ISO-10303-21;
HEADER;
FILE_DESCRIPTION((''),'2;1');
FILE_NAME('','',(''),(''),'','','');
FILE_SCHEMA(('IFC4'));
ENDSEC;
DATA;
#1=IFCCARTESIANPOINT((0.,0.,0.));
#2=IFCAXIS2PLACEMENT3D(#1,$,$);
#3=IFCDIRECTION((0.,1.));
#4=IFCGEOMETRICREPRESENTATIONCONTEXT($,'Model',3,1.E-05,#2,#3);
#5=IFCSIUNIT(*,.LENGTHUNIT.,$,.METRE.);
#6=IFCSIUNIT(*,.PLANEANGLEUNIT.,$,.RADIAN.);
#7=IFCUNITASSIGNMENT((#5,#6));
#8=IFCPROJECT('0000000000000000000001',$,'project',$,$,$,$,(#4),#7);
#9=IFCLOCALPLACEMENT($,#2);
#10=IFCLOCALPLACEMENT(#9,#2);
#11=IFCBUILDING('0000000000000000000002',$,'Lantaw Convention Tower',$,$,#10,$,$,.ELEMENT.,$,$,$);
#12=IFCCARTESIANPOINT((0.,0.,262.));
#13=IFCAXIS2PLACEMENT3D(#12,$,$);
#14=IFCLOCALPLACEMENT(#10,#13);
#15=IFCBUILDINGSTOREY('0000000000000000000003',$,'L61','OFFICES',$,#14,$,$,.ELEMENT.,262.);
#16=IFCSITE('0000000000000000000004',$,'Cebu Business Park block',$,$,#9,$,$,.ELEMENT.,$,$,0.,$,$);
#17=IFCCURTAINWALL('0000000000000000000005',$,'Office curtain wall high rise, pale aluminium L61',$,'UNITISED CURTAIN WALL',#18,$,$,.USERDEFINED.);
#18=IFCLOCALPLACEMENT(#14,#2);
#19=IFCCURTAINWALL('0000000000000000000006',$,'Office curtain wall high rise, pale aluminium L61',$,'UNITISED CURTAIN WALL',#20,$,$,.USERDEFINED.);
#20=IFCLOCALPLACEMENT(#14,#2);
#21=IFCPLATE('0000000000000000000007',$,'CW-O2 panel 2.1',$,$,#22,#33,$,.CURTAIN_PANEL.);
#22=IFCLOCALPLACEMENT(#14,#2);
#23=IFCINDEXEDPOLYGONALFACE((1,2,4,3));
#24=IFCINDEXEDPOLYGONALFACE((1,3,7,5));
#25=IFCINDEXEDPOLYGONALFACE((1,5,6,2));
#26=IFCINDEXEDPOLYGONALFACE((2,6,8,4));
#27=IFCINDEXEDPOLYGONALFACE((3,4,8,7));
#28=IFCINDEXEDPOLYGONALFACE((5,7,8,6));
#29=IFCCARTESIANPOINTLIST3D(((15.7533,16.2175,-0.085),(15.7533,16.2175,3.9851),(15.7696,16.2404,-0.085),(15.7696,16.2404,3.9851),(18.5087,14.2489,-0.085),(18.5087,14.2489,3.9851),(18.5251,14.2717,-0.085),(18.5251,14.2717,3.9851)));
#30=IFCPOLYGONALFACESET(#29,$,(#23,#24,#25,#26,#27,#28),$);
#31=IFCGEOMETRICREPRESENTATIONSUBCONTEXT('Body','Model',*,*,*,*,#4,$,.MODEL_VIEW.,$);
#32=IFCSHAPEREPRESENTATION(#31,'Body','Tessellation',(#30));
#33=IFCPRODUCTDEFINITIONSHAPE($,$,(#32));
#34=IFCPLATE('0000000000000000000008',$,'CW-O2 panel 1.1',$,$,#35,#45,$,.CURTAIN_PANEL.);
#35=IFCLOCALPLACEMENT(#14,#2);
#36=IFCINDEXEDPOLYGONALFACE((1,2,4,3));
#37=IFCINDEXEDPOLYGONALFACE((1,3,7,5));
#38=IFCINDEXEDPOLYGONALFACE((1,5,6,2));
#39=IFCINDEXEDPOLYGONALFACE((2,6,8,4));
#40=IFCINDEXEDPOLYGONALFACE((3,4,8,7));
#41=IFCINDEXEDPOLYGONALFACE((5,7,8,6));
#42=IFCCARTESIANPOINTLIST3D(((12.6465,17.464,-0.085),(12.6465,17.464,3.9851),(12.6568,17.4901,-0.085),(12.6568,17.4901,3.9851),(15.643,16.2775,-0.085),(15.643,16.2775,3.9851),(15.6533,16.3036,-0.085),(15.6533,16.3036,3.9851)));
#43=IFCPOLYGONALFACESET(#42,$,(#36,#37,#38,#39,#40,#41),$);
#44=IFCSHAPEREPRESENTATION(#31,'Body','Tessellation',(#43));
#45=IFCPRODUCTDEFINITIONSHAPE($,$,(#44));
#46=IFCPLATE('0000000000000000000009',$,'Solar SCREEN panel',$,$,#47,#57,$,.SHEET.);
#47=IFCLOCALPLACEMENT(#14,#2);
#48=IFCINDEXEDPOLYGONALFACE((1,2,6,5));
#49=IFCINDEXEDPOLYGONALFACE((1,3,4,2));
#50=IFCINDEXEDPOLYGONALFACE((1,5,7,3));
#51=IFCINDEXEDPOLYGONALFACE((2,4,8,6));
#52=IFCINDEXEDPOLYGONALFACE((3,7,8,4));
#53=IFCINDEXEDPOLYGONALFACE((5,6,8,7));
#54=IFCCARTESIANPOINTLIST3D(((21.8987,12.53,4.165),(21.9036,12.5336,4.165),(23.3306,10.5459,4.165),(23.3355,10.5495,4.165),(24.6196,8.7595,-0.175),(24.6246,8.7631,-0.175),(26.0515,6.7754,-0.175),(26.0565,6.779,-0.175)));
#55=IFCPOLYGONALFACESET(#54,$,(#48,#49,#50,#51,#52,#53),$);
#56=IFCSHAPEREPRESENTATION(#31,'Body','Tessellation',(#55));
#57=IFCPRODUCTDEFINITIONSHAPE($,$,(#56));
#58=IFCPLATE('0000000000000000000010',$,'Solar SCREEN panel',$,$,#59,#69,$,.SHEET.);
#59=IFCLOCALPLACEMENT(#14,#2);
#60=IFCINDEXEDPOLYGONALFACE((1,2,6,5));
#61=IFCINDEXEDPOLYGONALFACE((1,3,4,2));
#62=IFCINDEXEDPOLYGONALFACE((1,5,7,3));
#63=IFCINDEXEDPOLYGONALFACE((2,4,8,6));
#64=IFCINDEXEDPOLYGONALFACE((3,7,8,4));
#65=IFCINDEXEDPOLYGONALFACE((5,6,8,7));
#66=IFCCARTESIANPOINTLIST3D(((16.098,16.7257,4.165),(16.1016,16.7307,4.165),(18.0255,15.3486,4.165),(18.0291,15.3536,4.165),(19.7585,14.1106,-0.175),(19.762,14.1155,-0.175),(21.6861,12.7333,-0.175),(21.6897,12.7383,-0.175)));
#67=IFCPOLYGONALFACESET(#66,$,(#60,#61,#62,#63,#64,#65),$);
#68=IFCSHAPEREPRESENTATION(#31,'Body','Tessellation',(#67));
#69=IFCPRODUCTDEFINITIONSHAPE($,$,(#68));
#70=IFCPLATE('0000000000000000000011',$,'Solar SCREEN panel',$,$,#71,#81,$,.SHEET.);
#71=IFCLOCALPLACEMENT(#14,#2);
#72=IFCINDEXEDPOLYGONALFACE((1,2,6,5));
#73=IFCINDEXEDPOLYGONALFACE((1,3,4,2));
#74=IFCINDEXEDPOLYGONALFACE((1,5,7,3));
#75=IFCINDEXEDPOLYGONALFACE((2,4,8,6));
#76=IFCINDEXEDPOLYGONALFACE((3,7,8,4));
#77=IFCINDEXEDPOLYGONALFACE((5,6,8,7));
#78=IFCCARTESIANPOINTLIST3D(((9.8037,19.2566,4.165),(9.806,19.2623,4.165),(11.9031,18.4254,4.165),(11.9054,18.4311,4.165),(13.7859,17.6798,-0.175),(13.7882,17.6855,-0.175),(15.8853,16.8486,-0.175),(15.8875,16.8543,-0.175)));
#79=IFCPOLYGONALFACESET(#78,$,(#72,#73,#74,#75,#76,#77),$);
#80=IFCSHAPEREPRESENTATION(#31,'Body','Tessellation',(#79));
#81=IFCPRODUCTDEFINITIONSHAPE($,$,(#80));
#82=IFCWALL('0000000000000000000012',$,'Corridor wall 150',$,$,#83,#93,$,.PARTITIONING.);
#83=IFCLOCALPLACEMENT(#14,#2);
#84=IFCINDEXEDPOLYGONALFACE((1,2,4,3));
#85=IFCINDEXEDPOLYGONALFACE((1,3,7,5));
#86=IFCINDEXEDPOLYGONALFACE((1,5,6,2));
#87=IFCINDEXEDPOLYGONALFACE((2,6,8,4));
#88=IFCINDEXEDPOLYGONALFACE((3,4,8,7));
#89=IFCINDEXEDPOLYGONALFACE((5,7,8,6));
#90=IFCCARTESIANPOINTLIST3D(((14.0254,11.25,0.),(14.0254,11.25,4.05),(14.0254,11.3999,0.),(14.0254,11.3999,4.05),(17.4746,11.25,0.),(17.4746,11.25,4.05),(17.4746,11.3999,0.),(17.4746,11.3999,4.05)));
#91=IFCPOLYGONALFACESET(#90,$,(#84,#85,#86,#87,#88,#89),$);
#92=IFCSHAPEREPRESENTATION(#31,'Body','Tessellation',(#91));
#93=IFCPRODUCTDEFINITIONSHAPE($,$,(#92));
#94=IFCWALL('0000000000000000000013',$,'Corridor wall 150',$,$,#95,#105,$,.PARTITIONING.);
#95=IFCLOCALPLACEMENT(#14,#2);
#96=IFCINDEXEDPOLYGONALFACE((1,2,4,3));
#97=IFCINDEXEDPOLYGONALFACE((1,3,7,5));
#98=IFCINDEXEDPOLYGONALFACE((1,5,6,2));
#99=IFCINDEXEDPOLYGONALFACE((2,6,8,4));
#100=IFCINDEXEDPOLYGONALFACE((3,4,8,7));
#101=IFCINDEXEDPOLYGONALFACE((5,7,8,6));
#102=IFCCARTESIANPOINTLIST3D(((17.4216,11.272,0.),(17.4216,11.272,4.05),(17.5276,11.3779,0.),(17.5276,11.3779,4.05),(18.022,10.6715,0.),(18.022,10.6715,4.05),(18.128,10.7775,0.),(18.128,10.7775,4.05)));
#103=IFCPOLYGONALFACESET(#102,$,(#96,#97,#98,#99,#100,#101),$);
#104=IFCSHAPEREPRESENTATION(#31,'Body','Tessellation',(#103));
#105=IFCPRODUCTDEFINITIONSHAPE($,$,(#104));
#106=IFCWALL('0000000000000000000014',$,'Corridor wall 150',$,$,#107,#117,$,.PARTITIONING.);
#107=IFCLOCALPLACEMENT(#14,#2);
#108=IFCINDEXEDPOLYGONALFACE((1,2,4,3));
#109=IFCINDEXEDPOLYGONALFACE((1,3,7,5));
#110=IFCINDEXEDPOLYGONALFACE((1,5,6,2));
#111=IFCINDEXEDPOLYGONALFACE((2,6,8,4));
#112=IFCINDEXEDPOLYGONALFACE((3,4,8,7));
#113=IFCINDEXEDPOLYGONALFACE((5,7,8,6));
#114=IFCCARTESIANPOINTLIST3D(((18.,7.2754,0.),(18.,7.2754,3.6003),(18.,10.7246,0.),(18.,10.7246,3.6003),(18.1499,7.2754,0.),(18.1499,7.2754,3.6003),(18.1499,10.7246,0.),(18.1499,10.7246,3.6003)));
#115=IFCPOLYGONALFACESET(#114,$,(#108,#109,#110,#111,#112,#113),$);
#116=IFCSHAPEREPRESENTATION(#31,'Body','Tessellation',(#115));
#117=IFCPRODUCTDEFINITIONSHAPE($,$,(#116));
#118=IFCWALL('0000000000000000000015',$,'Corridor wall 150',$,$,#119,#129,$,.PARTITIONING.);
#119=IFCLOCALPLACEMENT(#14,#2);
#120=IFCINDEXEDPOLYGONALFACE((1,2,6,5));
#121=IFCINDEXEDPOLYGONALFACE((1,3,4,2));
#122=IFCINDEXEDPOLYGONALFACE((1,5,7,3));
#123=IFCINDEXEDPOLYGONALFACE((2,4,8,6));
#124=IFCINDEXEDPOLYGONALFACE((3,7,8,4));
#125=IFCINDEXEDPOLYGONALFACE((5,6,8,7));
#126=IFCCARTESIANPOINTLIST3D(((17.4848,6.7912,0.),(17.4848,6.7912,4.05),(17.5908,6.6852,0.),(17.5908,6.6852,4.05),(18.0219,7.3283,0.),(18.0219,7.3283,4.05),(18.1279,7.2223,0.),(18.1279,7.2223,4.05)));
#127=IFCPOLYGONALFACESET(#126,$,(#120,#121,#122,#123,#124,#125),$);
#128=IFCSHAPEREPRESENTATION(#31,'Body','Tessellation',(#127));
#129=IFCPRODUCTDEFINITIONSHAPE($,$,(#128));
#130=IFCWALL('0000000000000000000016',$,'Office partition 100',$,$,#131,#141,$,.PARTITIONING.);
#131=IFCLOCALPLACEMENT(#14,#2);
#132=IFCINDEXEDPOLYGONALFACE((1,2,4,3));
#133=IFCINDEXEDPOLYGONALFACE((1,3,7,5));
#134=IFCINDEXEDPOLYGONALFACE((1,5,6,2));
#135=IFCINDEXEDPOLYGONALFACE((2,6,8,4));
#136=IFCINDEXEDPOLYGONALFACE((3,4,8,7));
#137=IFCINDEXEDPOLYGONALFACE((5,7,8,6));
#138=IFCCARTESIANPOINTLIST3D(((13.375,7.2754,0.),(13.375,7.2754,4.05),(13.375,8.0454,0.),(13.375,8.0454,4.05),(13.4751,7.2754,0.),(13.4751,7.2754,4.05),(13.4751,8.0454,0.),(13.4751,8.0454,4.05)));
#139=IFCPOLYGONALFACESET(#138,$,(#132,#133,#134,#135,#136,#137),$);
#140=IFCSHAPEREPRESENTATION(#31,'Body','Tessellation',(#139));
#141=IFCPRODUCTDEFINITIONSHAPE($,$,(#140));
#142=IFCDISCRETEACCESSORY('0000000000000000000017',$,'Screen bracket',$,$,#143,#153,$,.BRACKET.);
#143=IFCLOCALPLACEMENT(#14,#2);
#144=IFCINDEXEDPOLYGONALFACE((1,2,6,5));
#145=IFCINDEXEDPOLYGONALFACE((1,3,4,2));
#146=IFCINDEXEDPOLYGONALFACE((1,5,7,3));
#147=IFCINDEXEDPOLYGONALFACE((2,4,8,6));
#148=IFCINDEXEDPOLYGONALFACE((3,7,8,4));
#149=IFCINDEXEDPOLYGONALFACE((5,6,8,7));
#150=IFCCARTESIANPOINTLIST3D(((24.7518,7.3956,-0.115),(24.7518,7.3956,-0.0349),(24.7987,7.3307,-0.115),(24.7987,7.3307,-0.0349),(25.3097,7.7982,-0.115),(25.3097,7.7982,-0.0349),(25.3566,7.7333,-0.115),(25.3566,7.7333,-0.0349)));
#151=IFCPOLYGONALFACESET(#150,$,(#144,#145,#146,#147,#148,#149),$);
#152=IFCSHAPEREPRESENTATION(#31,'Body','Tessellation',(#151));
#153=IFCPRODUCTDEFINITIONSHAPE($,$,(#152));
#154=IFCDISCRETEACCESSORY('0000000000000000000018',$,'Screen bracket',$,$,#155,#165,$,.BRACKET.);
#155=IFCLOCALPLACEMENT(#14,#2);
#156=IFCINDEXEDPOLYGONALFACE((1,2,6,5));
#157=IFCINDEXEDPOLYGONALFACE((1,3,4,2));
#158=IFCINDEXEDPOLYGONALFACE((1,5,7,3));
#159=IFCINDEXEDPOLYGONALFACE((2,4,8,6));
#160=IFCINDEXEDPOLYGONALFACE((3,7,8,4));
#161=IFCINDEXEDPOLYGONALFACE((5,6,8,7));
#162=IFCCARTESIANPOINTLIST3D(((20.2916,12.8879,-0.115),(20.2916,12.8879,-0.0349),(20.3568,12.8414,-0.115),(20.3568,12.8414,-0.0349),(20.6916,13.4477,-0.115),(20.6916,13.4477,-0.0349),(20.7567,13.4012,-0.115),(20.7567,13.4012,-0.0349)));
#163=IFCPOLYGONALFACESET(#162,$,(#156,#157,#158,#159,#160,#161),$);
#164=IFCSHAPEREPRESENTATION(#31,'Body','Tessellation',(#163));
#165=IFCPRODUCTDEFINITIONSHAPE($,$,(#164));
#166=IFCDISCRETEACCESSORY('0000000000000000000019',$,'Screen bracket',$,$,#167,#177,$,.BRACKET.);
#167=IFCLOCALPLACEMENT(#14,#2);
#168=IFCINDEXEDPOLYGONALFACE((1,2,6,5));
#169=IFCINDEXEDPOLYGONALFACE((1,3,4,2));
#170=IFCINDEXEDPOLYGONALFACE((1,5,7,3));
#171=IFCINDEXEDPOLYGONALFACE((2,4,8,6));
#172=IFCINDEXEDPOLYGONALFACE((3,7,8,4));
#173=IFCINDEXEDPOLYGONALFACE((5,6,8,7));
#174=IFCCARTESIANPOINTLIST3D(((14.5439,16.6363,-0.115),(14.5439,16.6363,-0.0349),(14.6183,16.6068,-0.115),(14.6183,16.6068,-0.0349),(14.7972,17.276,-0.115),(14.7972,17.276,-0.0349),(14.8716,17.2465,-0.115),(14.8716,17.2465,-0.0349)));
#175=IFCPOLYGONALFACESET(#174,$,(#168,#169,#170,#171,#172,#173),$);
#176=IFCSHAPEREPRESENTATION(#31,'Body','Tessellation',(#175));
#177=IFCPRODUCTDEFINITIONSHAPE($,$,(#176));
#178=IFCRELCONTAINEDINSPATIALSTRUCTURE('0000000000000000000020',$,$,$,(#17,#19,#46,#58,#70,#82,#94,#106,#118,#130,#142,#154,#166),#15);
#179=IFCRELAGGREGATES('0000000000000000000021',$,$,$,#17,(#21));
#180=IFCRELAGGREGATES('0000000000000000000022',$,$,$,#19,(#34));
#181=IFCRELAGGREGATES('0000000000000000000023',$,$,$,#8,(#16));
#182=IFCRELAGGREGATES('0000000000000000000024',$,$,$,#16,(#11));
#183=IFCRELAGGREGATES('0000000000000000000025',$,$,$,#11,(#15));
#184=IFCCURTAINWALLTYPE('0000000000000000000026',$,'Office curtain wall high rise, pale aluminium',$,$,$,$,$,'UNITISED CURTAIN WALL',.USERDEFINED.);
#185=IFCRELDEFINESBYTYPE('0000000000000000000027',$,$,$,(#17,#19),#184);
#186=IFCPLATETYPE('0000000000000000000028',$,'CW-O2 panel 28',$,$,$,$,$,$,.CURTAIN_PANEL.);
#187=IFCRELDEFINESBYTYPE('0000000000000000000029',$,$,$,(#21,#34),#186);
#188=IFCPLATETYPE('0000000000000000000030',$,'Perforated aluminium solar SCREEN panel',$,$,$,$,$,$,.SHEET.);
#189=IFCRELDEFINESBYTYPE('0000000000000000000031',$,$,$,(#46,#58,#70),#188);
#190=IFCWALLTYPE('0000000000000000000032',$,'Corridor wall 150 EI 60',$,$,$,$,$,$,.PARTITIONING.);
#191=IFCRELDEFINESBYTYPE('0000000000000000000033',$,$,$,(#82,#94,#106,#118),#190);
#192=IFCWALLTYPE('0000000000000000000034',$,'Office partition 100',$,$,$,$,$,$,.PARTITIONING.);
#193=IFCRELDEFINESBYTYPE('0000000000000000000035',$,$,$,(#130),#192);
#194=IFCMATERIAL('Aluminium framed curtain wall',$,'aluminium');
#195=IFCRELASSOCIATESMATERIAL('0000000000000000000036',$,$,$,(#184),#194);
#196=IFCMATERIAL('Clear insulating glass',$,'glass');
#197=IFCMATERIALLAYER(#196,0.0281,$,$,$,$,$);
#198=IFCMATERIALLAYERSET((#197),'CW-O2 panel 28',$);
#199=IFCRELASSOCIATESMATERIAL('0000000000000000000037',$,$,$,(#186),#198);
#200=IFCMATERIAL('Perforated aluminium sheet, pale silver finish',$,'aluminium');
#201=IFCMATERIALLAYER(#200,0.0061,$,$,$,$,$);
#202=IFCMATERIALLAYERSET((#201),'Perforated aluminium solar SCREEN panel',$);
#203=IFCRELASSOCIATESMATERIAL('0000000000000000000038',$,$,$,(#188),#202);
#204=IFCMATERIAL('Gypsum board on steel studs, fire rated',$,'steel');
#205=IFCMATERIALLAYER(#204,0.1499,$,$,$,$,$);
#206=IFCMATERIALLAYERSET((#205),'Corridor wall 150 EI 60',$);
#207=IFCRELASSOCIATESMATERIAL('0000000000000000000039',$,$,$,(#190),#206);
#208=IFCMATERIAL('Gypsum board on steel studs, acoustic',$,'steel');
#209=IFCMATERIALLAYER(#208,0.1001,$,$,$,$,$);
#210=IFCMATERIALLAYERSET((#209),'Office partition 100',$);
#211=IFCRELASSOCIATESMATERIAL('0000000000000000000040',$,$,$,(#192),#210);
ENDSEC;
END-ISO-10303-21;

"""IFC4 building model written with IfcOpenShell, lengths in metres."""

from ifc_helpers import new_model, si_unit, direction, frame, frame_2d, origin, origin_2d, place, context, subcontext, project, spatial, polyline, rectangle, outline, extrude, material, layer, layer_set, type_object, element, aggregate, save


model = new_model("IFC4")

# Units and contexts
model_context = context("Model", 3, precision=1e-05, world=origin(), true_north=direction((0.0, 1.0)))
body_context = subcontext(model_context, "Body", "Model", "MODEL_VIEW")
ifc_project = project(units=[si_unit("LENGTHUNIT", "METRE"), si_unit("PLANEANGLEUNIT", "RADIAN")], contexts=[model_context])

# Site, building, storey
site_placement = place(None, origin())
site = spatial("IfcSite", under=ifc_project, at=site_placement, Name="Cebu Business Park block", CompositionType="ELEMENT", RefElevation=0.0)
building_placement = place(site_placement, origin())
building = spatial("IfcBuilding", under=site, at=building_placement, Name="Lantaw Convention Tower", CompositionType="ELEMENT")
storey_placement = place(building_placement, frame((0.0, 0.0, 262.0)))
storey = spatial("IfcBuildingStorey", under=building, at=storey_placement, Name="L61", Description="OFFICES", CompositionType="ELEMENT", Elevation=262.0)

# Curtain wall
ifc_material_1 = material(Name="Aluminium framed curtain wall", Category="aluminium")
curtain_wall_type = type_object("IfcCurtainWallType", Name="Office curtain wall high rise, pale aluminium", ElementType="UNITISED CURTAIN WALL", PredefinedType="USERDEFINED", material=ifc_material_1)
curtain_wall_1_placement = place(storey_placement, origin())
curtain_wall_1 = element("IfcCurtainWall", 1, at=curtain_wall_1_placement, inside=storey, type_object=curtain_wall_type, Name="Office curtain wall high rise, pale aluminium L61", ObjectType="UNITISED CURTAIN WALL", PredefinedType="USERDEFINED")

# Curtain wall
curtain_wall_2_placement = place(storey_placement, origin())
curtain_wall_2 = element("IfcCurtainWall", 2, at=curtain_wall_2_placement, inside=storey, type_object=curtain_wall_type, Name="Office curtain wall high rise, pale aluminium L61", ObjectType="UNITISED CURTAIN WALL", PredefinedType="USERDEFINED")

# Plates
ifc_material_2 = material(Name="Clear insulating glass", Category="glass")
ifc_layer_1 = layer(ifc_material_2, 0.0281)
ifc_layer_set_1 = layer_set([ifc_layer_1], Name="CW-O2 panel 28")
plate_type_1 = type_object("IfcPlateType", Name="CW-O2 panel 28", PredefinedType="CURTAIN_PANEL", material=ifc_layer_set_1)
plate_1_placement = place(storey_placement, frame((17.1392, 15.2446, -0.085), z_axis=(0.0, 0.0, 1.0), x_axis=(-0.813673, 0.581323, 0.0)))
plate_1 = element("IfcPlate", 3, at=plate_1_placement, type_object=plate_type_1, Name="CW-O2 panel 2.1", PredefinedType="CURTAIN_PANEL", context=body_context, shape_type="SweptSolid", body=[
    extrude(rectangle(XDim=3.3865, YDim=0.0281, at=origin_2d()), origin(), (0.0, 0.0, 1.0), 4.0701),
])
aggregate(curtain_wall_1, [plate_1])
plate_2_placement = place(storey_placement, frame((14.1499, 16.8838, -0.085), z_axis=(0.0, 0.0, 1.0), x_axis=(-0.929762, 0.368162, 0.0)))
plate_2 = element("IfcPlate", 4, at=plate_2_placement, type_object=plate_type_1, Name="CW-O2 panel 1.1", PredefinedType="CURTAIN_PANEL", context=body_context, shape_type="SweptSolid", body=[
    extrude(rectangle(XDim=3.2229, YDim=0.0281, at=origin_2d()), origin(), (0.0, 0.0, 1.0), 4.0701),
])
aggregate(curtain_wall_2, [plate_2])

# Plates
ifc_material_3 = material(Name="Perforated aluminium sheet, pale silver finish", Category="aluminium")
ifc_layer_2 = layer(ifc_material_3, 0.0061)
ifc_layer_set_2 = layer_set([ifc_layer_2], Name="Perforated aluminium solar SCREEN panel")
plate_type_2 = type_object("IfcPlateType", Name="Perforated aluminium solar SCREEN panel", PredefinedType="SHEET", material=ifc_layer_set_2)
plate_3_placement = place(storey_placement, frame((26.0515, 6.7754, -0.175), z_axis=(-0.810892, -0.585195, 0.00002), x_axis=(-0.585195, 0.810892, 0.0)))
element("IfcPlate", 5, at=plate_3_placement, inside=storey, type_object=plate_type_2, Name="Solar SCREEN panel", PredefinedType="SHEET", context=body_context, shape_type="SweptSolid", body=[
    extrude(outline(polyline([(0.0, 0.0), (2.4468, 0.0), (7.0966, -4.3401), (4.6498, -4.3401), (0.0, 0.0)])), origin(), (0.0, 0.0, -1.0), 0.0061),
])
plate_4_placement = place(storey_placement, frame((21.6897, 12.7383, -0.175), z_axis=(0.581331, 0.813667, 0.00001), x_axis=(-0.813667, 0.581331, 0.0)))
element("IfcPlate", 6, at=plate_4_placement, inside=storey, type_object=plate_type_2, Name="Solar SCREEN panel", PredefinedType="SHEET", context=body_context, shape_type="SweptSolid", body=[
    extrude(outline(polyline([(0.0, 0.0), (2.3691, 0.0), (6.8678, 4.3401), (4.4989, 4.3401), (0.0, 0.0)])), origin(), (0.0, 0.0, -1.0), 0.0061),
])
plate_5_placement = place(storey_placement, frame((15.8853, 16.8486, -0.175), z_axis=(-0.368117, -0.92978, 0.000036), x_axis=(-0.92978, 0.368117, 0.0)))
element("IfcPlate", 7, at=plate_5_placement, inside=storey, type_object=plate_type_2, Name="Solar SCREEN panel", PredefinedType="SHEET", context=body_context, shape_type="SweptSolid", body=[
    extrude(outline(polyline([(0.0, 0.0), (2.2579, 0.0), (6.5409, -4.3401), (4.2829, -4.3401), (0.0, 0.0)])), origin(), (0.0, 0.0, -1.0), 0.0061),
])

# Walls
ifc_material_4 = material(Name="Gypsum board on steel studs, fire rated", Category="steel")
ifc_layer_3 = layer(ifc_material_4, 0.1499)
ifc_layer_set_3 = layer_set([ifc_layer_3], Name="Corridor wall 150 EI 60")
wall_type_1 = type_object("IfcWallType", Name="Corridor wall 150 EI 60", PredefinedType="PARTITIONING", material=ifc_layer_set_3)
wall_1_placement = place(storey_placement, frame((14.0254, 11.325, 0.0), z_axis=(0.0, 0.0, 1.0), x_axis=(1.0, 0.0, 0.0)))
element("IfcWall", 8, at=wall_1_placement, inside=storey, type_object=wall_type_1, Name="Corridor wall 150", PredefinedType="PARTITIONING", context=body_context, shape_type="SweptSolid", body=[
    extrude(rectangle(XDim=3.4492, YDim=0.1499, at=frame_2d((1.7246, 0.0))), origin(), (0.0, 0.0, 1.0), 4.05),
])
wall_2_placement = place(storey_placement, frame((17.4746, 11.325, 0.0), z_axis=(0.0, 0.0, 1.0), x_axis=(0.707107, -0.707107, 0.0)))
element("IfcWall", 9, at=wall_2_placement, inside=storey, type_object=wall_type_1, Name="Corridor wall 150", PredefinedType="PARTITIONING", context=body_context, shape_type="SweptSolid", body=[
    extrude(rectangle(XDim=0.8491, YDim=0.1499, at=frame_2d((0.4246, 0.0))), origin(), (0.0, 0.0, 1.0), 4.05),
])
wall_3_placement = place(storey_placement, frame((18.075, 10.7246, 0.0), z_axis=(0.0, 0.0, 1.0), x_axis=(0.0, -1.0, 0.0)))
element("IfcWall", 10, at=wall_3_placement, inside=storey, type_object=wall_type_1, Name="Corridor wall 150", PredefinedType="PARTITIONING", context=body_context, shape_type="SweptSolid", body=[
    extrude(rectangle(XDim=3.4492, YDim=0.1499, at=frame_2d((1.7246, 0.0))), origin(), (0.0, 0.0, 1.0), 3.6003),
])
wall_4_placement = place(storey_placement, frame((18.075, 7.2754, 0.0), z_axis=(0.0, 0.0, 1.0), x_axis=(-0.707107, -0.707107, 0.0)))
element("IfcWall", 11, at=wall_4_placement, inside=storey, type_object=wall_type_1, Name="Corridor wall 150", PredefinedType="PARTITIONING", context=body_context, shape_type="SweptSolid", body=[
    extrude(rectangle(XDim=0.7595, YDim=0.1499, at=frame_2d((0.3799, 0.0))), origin(), (0.0, 0.0, 1.0), 4.05),
])
ifc_material_5 = material(Name="Gypsum board on steel studs, acoustic", Category="steel")
ifc_layer_4 = layer(ifc_material_5, 0.1001)
ifc_layer_set_4 = layer_set([ifc_layer_4], Name="Office partition 100")
wall_type_2 = type_object("IfcWallType", Name="Office partition 100", PredefinedType="PARTITIONING", material=ifc_layer_set_4)
wall_5_placement = place(storey_placement, frame((13.425, 7.2754, 0.0), z_axis=(0.0, 0.0, 1.0), x_axis=(0.0, 1.0, 0.0)))
element("IfcWall", 12, at=wall_5_placement, inside=storey, type_object=wall_type_2, Name="Office partition 100", PredefinedType="PARTITIONING", context=body_context, shape_type="SweptSolid", body=[
    extrude(rectangle(XDim=0.77, YDim=0.1001, at=frame_2d((0.385, 0.0))), origin(), (0.0, 0.0, 1.0), 4.05),
])

# Discrete accessories
for number, where, z_axis, x_axis, name in (
    (13, (25.0542, 7.5645, -0.115), (0.0, 0.0, 1.0), (-0.585158, 0.81092, 0.0), "Screen bracket"),
    (14, (20.5242, 13.1445, -0.115), (0.0, 0.0, 1.0), (-0.813673, 0.581323, 0.0), "Screen bracket"),
    (15, (14.7078, 16.9414, -0.115), (0.0, 0.0, 1.0), (-0.929762, 0.368162, 0.0), "Screen bracket"),
):
    element("IfcDiscreteAccessory", number, at=place(storey_placement, frame(where, z_axis=z_axis, x_axis=x_axis)), inside=storey, Name=name, PredefinedType="BRACKET", context=body_context, shape_type="SweptSolid", body=[
        extrude(rectangle(XDim=0.0801, YDim=0.688, at=origin_2d()), origin(), (0.0, 0.0, 1.0), 0.0801),
    ])

save(model, "model.ifc")
